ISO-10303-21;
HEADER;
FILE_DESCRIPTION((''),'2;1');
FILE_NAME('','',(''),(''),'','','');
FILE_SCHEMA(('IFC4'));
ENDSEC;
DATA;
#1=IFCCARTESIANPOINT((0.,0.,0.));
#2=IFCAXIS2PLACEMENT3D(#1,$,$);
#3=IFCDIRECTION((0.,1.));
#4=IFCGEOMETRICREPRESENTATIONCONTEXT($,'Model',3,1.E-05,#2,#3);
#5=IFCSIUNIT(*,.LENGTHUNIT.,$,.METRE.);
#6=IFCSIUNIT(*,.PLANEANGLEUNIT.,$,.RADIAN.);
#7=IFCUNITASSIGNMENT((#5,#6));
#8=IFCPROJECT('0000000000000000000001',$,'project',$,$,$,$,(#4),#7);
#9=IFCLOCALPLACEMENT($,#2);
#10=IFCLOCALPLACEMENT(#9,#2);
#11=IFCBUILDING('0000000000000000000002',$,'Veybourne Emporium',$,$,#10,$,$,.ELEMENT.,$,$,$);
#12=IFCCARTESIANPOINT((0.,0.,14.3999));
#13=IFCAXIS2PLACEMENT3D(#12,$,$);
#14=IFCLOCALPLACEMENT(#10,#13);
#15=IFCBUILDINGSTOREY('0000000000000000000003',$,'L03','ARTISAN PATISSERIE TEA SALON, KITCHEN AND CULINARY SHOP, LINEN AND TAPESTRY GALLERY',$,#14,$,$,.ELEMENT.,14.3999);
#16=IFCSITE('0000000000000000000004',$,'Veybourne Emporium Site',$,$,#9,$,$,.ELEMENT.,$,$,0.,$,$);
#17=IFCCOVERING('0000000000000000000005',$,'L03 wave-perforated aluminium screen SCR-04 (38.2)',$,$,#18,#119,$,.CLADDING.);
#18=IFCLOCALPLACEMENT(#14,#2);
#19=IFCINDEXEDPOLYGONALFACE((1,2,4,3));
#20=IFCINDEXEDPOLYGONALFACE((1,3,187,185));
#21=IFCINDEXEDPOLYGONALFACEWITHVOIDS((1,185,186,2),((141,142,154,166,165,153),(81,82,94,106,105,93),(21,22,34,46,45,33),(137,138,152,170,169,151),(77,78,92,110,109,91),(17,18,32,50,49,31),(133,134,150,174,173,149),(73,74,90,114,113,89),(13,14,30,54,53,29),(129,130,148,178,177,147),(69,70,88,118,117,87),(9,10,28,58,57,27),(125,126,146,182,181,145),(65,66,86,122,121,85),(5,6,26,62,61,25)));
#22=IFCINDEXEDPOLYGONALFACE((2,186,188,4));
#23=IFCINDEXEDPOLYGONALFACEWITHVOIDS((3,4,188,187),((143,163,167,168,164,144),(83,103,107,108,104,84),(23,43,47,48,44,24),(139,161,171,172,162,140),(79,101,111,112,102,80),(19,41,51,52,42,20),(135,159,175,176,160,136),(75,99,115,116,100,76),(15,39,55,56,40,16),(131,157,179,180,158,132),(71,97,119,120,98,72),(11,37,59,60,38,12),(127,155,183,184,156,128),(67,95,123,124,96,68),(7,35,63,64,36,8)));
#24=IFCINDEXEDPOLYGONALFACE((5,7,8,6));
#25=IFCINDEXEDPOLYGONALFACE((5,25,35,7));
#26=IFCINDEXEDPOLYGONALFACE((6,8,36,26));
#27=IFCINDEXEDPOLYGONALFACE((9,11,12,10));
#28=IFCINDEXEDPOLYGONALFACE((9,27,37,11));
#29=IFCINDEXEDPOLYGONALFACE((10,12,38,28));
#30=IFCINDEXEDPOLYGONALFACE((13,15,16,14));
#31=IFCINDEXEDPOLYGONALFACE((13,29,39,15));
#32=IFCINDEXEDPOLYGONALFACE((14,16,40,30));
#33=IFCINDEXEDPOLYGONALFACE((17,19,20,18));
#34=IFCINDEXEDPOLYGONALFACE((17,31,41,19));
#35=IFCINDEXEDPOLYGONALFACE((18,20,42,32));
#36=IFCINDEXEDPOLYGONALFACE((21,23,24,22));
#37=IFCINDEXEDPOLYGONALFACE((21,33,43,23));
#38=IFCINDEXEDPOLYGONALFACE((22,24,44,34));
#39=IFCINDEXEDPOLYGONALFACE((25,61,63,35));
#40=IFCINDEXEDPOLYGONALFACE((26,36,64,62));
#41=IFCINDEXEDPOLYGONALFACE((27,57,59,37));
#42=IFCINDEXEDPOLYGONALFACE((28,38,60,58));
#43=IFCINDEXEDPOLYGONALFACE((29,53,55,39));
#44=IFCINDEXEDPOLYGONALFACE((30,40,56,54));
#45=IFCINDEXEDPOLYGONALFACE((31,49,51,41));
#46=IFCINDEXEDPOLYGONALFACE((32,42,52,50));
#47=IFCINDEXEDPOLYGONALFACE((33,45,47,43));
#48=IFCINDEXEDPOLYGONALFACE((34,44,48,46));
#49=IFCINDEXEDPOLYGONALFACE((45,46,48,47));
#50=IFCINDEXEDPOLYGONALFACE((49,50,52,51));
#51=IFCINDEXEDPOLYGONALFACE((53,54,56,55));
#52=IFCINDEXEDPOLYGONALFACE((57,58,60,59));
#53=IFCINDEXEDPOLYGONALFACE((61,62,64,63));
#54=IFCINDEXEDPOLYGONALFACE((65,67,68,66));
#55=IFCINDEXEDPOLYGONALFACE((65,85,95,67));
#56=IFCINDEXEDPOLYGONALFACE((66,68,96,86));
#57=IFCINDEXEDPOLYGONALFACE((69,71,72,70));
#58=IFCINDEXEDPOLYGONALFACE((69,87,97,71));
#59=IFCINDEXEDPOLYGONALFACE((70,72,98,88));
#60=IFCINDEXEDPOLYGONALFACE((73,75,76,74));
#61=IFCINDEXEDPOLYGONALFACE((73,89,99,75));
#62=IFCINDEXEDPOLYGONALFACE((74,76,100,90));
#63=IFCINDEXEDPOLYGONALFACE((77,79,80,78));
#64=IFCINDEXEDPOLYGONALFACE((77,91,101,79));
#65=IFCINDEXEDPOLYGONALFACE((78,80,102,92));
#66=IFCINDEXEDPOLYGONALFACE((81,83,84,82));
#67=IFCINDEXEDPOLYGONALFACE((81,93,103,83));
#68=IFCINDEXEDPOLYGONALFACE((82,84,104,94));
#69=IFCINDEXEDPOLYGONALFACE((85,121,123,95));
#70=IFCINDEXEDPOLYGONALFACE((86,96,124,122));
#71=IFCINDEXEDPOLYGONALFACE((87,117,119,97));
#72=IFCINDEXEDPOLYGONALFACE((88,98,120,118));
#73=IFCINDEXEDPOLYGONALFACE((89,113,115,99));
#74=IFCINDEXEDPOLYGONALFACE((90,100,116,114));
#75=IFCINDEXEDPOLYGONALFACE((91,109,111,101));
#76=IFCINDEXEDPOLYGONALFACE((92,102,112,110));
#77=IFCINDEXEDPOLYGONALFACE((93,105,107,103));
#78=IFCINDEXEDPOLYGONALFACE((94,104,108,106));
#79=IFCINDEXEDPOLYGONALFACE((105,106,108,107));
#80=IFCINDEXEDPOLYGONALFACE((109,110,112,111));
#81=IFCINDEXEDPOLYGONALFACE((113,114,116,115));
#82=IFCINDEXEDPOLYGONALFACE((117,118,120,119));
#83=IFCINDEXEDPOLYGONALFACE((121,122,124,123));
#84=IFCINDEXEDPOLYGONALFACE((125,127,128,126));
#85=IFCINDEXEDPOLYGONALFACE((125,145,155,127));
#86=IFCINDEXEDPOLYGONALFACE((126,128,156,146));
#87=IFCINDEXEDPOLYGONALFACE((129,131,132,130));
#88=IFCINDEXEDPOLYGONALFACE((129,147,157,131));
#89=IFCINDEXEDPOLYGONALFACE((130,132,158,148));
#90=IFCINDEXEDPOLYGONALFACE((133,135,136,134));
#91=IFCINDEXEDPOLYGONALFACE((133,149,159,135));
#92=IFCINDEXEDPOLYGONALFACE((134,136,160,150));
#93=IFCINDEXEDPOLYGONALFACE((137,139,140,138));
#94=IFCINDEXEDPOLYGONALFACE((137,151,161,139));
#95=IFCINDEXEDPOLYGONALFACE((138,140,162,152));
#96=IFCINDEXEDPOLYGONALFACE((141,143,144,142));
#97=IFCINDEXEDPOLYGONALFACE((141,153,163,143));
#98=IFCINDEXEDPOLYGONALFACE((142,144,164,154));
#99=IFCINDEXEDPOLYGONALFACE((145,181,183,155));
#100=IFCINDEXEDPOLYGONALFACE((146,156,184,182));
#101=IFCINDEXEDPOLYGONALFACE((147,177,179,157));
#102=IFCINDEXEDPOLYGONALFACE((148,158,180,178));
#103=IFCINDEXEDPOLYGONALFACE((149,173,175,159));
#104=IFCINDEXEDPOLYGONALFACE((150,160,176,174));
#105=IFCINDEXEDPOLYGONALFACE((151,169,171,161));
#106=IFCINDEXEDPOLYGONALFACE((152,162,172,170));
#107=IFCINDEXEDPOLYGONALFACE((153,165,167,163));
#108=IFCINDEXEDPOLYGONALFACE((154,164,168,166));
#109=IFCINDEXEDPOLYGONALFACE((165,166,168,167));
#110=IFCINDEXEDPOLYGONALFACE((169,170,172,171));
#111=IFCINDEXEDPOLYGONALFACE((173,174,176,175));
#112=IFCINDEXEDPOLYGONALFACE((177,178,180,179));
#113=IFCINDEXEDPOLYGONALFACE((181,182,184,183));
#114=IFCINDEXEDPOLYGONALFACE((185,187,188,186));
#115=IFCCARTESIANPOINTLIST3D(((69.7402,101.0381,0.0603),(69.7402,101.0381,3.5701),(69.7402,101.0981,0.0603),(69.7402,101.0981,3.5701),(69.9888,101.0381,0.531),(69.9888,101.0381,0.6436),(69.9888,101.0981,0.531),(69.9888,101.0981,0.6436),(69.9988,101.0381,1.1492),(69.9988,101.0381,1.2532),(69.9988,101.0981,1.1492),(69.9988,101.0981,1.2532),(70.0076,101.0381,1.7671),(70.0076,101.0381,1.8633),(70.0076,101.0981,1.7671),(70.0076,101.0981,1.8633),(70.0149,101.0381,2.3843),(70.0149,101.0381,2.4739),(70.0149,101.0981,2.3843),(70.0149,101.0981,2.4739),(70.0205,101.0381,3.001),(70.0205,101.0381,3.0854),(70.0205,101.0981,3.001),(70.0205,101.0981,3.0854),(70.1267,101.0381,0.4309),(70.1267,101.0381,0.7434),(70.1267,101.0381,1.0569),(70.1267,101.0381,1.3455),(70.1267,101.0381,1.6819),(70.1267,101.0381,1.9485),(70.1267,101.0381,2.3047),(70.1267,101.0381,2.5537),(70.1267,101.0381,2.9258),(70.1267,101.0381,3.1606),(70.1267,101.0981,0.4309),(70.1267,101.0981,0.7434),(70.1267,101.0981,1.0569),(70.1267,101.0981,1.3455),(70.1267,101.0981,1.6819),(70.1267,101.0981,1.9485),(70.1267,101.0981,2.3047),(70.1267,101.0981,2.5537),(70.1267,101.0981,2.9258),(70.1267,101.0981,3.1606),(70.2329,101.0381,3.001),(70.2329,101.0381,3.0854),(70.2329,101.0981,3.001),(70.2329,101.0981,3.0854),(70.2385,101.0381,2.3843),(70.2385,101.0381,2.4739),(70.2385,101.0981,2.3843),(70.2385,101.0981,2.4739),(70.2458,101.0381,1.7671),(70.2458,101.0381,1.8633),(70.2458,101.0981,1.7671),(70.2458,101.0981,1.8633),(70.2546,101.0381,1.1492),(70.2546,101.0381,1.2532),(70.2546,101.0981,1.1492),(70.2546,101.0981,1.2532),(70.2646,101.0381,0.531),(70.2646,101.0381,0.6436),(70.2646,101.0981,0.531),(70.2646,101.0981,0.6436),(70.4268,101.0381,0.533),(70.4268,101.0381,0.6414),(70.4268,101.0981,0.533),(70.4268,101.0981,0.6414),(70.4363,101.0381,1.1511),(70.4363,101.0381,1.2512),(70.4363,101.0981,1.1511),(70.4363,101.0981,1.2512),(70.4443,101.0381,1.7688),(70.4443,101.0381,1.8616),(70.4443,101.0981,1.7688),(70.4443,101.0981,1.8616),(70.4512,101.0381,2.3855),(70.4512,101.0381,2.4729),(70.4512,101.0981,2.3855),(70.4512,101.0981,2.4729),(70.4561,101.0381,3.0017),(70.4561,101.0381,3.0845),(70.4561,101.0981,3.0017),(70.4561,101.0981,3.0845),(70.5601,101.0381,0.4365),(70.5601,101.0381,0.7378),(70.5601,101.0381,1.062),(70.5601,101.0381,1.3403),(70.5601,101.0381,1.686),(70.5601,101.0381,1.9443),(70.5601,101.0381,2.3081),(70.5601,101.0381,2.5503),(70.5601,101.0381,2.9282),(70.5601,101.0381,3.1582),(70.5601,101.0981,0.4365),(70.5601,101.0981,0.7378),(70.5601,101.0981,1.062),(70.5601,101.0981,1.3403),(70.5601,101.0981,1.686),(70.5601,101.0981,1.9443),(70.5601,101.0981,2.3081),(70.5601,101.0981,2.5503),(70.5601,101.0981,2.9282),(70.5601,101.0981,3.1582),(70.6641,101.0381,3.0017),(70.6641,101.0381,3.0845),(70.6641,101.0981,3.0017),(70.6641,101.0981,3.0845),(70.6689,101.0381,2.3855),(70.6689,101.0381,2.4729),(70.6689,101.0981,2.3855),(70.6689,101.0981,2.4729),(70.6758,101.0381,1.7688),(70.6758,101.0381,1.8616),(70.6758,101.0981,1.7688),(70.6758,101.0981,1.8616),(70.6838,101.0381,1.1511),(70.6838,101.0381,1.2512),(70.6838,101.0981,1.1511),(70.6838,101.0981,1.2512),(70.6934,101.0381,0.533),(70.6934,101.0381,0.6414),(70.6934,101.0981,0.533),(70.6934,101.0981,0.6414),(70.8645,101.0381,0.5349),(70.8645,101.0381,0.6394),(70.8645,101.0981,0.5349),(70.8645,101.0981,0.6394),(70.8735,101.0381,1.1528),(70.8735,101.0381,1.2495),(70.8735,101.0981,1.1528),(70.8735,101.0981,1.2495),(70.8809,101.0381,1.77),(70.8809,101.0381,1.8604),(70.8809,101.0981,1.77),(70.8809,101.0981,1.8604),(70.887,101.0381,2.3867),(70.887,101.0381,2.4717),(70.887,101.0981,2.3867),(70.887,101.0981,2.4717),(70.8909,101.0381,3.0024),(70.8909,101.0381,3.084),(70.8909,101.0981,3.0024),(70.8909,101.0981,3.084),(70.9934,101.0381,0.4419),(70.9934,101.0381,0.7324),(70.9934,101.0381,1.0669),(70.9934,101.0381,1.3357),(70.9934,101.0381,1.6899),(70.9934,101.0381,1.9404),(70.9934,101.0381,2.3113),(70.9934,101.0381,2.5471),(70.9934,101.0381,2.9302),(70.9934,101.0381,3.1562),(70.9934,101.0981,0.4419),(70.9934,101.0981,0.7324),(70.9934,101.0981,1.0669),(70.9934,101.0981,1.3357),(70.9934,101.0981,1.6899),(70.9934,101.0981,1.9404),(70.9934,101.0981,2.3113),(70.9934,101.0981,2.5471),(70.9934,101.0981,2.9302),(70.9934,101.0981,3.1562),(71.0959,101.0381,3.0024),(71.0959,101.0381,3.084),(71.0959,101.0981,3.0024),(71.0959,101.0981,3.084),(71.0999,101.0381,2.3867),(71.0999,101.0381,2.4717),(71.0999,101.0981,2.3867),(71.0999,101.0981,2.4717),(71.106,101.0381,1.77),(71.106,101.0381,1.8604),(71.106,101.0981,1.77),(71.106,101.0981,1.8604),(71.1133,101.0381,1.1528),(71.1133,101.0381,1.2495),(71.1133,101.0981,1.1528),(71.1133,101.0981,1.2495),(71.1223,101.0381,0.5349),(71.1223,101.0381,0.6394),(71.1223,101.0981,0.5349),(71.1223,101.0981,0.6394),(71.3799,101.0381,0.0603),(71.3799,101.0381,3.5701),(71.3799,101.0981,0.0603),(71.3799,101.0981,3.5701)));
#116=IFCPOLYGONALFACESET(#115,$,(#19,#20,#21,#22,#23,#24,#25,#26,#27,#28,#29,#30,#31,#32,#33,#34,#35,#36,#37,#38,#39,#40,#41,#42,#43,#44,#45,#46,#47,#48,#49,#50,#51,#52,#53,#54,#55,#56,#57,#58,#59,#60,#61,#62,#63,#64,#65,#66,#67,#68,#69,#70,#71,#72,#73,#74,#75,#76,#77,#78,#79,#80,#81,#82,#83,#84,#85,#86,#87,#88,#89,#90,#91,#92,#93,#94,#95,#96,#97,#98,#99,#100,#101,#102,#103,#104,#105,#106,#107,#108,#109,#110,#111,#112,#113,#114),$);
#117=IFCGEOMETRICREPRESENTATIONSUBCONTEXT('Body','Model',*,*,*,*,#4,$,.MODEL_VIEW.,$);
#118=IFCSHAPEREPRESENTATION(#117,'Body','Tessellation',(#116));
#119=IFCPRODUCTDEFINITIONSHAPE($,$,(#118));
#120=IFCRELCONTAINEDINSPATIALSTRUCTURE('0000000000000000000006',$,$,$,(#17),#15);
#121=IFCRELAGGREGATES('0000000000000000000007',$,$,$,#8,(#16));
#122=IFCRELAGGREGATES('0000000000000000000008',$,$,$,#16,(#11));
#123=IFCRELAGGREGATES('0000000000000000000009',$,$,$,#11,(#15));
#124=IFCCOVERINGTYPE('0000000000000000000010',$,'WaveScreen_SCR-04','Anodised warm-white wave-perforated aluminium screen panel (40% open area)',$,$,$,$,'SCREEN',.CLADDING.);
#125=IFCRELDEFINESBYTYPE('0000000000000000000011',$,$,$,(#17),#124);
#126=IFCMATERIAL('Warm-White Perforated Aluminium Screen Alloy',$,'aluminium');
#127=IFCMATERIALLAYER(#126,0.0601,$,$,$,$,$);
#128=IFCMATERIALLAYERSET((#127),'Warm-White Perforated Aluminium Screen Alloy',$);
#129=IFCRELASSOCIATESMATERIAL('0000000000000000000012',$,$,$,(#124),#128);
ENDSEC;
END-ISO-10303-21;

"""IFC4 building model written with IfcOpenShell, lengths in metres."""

from ifc_helpers import new_model, si_unit, direction, frame, origin, place, context, subcontext, project, spatial, polyline, outline, extrude, material, layer, layer_set, type_object, element, save


model = new_model("IFC4")

# Units and contexts
model_context = context("Model", 3, precision=1e-05, world=origin(), true_north=direction((0.0, 1.0)))
body_context = subcontext(model_context, "Body", "Model", "MODEL_VIEW")
ifc_project = project(units=[si_unit("LENGTHUNIT", "METRE"), si_unit("PLANEANGLEUNIT", "RADIAN")], contexts=[model_context])

# Site, building, storey
site_placement = place(None, origin())
site = spatial("IfcSite", under=ifc_project, at=site_placement, Name="Veybourne Emporium Site", CompositionType="ELEMENT", RefElevation=0.0)
building_placement = place(site_placement, origin())
building = spatial("IfcBuilding", under=site, at=building_placement, Name="Veybourne Emporium", CompositionType="ELEMENT")
storey_placement = place(building_placement, frame((0.0, 0.0, 14.3999)))
storey = spatial("IfcBuildingStorey", under=building, at=storey_placement, Name="L03", Description="ARTISAN PATISSERIE TEA SALON, KITCHEN AND CULINARY SHOP, LINEN AND TAPESTRY GALLERY", CompositionType="ELEMENT", Elevation=14.3999)

# Covering
ifc_material_1 = material(Name="Warm-White Perforated Aluminium Screen Alloy", Category="aluminium")
ifc_layer_1 = layer(ifc_material_1, 0.0601)
ifc_layer_set_1 = layer_set([ifc_layer_1], Name="Warm-White Perforated Aluminium Screen Alloy")
covering_type_1 = type_object("IfcCoveringType", Name="WaveScreen_SCR-04", Description="Anodised warm-white wave-perforated aluminium screen panel (40% open area)", ElementType="SCREEN", PredefinedType="CLADDING", material=ifc_layer_set_1)
covering_1_placement = place(storey_placement, frame((70.5601, 101.0981, 1.8152), z_axis=(0.0, -1.0, 0.0), x_axis=(1.0, 0.0, 0.0)))
element("IfcCovering", 1, at=covering_1_placement, inside=storey, type_object=covering_type_1, Name="L03 wave-perforated aluminium screen SCR-04 (38.2)", PredefinedType="CLADDING", context=body_context, shape_type="SweptSolid", body=[
    extrude(outline(polyline([(-0.8198, -1.7549), (0.8198, -1.7549), (0.8198, 1.7549), (-0.8198, 1.7549), (-0.8198, -1.7549)]), holes=[polyline([(-0.4333, -1.0718), (-0.2954, -1.1716), (-0.2954, -1.2842), (-0.4333, -1.3843), (-0.5713, -1.2842), (-0.5713, -1.1716), (-0.4333, -1.0718)]), polyline([(-0.4333, -0.4697), (-0.3054, -0.562), (-0.3054, -0.666), (-0.4333, -0.7583), (-0.5613, -0.666), (-0.5613, -0.562), (-0.4333, -0.4697)]), polyline([(-0.4333, 0.1333), (-0.3142, 0.0481), (-0.3142, -0.0481), (-0.4333, -0.1333), (-0.5525, -0.0481), (-0.5525, 0.0481), (-0.4333, 0.1333)]), polyline([(-0.4333, 0.7385), (-0.3215, 0.6587), (-0.3215, 0.5691), (-0.4333, 0.4895), (-0.5452, 0.5691), (-0.5452, 0.6587), (-0.4333, 0.7385)]), polyline([(-0.4333, 1.3455), (-0.3271, 1.2703), (-0.3271, 1.1858), (-0.4333, 1.1106), (-0.5396, 1.1858), (-0.5396, 1.2703), (-0.4333, 1.3455)]), polyline([(0.0, -1.0774), (0.1333, -1.1738), (0.1333, -1.2822), (0.0, -1.3787), (-0.1333, -1.2822), (-0.1333, -1.1738), (0.0, -1.0774)]), polyline([(0.0, -0.4749), (0.1238, -0.564), (0.1238, -0.6641), (0.0, -0.7532), (-0.1238, -0.6641), (-0.1238, -0.564), (0.0, -0.4749)]), polyline([(0.0, 0.1292), (0.1157, 0.0464), (0.1157, -0.0464), (0.0, -0.1292), (-0.1157, -0.0464), (-0.1157, 0.0464), (0.0, 0.1292)]), polyline([(0.0, 0.7351), (0.1089, 0.6577), (0.1089, 0.5703), (0.0, 0.4929), (-0.1089, 0.5703), (-0.1089, 0.6577), (0.0, 0.7351)]), polyline([(0.0, 1.343), (0.104, 1.2693), (0.104, 1.1865), (0.0, 1.113), (-0.104, 1.1865), (-0.104, 1.2693), (0.0, 1.343)]), polyline([(0.4333, -1.0828), (0.5623, -1.1758), (0.5623, -1.2803), (0.4333, -1.3733), (0.3044, -1.2803), (0.3044, -1.1758), (0.4333, -1.0828)]), polyline([(0.4333, -0.4795), (0.5532, -0.5657), (0.5532, -0.6624), (0.4333, -0.7483), (0.3135, -0.6624), (0.3135, -0.5657), (0.4333, -0.4795)]), polyline([(0.4333, 0.1252), (0.5459, 0.0452), (0.5459, -0.0452), (0.4333, -0.1252), (0.3208, -0.0452), (0.3208, 0.0452), (0.4333, 0.1252)]), polyline([(0.4333, 0.7319), (0.5398, 0.6565), (0.5398, 0.5715), (0.4333, 0.4961), (0.3269, 0.5715), (0.3269, 0.6565), (0.4333, 0.7319)]), polyline([(0.4333, 1.3411), (0.5359, 1.2688), (0.5359, 1.1873), (0.4333, 1.115), (0.3308, 1.1873), (0.3308, 1.2688), (0.4333, 1.3411)])]), origin(), (0.0, 0.0, 1.0), 0.0601),
])

save(model, "model.ifc")
